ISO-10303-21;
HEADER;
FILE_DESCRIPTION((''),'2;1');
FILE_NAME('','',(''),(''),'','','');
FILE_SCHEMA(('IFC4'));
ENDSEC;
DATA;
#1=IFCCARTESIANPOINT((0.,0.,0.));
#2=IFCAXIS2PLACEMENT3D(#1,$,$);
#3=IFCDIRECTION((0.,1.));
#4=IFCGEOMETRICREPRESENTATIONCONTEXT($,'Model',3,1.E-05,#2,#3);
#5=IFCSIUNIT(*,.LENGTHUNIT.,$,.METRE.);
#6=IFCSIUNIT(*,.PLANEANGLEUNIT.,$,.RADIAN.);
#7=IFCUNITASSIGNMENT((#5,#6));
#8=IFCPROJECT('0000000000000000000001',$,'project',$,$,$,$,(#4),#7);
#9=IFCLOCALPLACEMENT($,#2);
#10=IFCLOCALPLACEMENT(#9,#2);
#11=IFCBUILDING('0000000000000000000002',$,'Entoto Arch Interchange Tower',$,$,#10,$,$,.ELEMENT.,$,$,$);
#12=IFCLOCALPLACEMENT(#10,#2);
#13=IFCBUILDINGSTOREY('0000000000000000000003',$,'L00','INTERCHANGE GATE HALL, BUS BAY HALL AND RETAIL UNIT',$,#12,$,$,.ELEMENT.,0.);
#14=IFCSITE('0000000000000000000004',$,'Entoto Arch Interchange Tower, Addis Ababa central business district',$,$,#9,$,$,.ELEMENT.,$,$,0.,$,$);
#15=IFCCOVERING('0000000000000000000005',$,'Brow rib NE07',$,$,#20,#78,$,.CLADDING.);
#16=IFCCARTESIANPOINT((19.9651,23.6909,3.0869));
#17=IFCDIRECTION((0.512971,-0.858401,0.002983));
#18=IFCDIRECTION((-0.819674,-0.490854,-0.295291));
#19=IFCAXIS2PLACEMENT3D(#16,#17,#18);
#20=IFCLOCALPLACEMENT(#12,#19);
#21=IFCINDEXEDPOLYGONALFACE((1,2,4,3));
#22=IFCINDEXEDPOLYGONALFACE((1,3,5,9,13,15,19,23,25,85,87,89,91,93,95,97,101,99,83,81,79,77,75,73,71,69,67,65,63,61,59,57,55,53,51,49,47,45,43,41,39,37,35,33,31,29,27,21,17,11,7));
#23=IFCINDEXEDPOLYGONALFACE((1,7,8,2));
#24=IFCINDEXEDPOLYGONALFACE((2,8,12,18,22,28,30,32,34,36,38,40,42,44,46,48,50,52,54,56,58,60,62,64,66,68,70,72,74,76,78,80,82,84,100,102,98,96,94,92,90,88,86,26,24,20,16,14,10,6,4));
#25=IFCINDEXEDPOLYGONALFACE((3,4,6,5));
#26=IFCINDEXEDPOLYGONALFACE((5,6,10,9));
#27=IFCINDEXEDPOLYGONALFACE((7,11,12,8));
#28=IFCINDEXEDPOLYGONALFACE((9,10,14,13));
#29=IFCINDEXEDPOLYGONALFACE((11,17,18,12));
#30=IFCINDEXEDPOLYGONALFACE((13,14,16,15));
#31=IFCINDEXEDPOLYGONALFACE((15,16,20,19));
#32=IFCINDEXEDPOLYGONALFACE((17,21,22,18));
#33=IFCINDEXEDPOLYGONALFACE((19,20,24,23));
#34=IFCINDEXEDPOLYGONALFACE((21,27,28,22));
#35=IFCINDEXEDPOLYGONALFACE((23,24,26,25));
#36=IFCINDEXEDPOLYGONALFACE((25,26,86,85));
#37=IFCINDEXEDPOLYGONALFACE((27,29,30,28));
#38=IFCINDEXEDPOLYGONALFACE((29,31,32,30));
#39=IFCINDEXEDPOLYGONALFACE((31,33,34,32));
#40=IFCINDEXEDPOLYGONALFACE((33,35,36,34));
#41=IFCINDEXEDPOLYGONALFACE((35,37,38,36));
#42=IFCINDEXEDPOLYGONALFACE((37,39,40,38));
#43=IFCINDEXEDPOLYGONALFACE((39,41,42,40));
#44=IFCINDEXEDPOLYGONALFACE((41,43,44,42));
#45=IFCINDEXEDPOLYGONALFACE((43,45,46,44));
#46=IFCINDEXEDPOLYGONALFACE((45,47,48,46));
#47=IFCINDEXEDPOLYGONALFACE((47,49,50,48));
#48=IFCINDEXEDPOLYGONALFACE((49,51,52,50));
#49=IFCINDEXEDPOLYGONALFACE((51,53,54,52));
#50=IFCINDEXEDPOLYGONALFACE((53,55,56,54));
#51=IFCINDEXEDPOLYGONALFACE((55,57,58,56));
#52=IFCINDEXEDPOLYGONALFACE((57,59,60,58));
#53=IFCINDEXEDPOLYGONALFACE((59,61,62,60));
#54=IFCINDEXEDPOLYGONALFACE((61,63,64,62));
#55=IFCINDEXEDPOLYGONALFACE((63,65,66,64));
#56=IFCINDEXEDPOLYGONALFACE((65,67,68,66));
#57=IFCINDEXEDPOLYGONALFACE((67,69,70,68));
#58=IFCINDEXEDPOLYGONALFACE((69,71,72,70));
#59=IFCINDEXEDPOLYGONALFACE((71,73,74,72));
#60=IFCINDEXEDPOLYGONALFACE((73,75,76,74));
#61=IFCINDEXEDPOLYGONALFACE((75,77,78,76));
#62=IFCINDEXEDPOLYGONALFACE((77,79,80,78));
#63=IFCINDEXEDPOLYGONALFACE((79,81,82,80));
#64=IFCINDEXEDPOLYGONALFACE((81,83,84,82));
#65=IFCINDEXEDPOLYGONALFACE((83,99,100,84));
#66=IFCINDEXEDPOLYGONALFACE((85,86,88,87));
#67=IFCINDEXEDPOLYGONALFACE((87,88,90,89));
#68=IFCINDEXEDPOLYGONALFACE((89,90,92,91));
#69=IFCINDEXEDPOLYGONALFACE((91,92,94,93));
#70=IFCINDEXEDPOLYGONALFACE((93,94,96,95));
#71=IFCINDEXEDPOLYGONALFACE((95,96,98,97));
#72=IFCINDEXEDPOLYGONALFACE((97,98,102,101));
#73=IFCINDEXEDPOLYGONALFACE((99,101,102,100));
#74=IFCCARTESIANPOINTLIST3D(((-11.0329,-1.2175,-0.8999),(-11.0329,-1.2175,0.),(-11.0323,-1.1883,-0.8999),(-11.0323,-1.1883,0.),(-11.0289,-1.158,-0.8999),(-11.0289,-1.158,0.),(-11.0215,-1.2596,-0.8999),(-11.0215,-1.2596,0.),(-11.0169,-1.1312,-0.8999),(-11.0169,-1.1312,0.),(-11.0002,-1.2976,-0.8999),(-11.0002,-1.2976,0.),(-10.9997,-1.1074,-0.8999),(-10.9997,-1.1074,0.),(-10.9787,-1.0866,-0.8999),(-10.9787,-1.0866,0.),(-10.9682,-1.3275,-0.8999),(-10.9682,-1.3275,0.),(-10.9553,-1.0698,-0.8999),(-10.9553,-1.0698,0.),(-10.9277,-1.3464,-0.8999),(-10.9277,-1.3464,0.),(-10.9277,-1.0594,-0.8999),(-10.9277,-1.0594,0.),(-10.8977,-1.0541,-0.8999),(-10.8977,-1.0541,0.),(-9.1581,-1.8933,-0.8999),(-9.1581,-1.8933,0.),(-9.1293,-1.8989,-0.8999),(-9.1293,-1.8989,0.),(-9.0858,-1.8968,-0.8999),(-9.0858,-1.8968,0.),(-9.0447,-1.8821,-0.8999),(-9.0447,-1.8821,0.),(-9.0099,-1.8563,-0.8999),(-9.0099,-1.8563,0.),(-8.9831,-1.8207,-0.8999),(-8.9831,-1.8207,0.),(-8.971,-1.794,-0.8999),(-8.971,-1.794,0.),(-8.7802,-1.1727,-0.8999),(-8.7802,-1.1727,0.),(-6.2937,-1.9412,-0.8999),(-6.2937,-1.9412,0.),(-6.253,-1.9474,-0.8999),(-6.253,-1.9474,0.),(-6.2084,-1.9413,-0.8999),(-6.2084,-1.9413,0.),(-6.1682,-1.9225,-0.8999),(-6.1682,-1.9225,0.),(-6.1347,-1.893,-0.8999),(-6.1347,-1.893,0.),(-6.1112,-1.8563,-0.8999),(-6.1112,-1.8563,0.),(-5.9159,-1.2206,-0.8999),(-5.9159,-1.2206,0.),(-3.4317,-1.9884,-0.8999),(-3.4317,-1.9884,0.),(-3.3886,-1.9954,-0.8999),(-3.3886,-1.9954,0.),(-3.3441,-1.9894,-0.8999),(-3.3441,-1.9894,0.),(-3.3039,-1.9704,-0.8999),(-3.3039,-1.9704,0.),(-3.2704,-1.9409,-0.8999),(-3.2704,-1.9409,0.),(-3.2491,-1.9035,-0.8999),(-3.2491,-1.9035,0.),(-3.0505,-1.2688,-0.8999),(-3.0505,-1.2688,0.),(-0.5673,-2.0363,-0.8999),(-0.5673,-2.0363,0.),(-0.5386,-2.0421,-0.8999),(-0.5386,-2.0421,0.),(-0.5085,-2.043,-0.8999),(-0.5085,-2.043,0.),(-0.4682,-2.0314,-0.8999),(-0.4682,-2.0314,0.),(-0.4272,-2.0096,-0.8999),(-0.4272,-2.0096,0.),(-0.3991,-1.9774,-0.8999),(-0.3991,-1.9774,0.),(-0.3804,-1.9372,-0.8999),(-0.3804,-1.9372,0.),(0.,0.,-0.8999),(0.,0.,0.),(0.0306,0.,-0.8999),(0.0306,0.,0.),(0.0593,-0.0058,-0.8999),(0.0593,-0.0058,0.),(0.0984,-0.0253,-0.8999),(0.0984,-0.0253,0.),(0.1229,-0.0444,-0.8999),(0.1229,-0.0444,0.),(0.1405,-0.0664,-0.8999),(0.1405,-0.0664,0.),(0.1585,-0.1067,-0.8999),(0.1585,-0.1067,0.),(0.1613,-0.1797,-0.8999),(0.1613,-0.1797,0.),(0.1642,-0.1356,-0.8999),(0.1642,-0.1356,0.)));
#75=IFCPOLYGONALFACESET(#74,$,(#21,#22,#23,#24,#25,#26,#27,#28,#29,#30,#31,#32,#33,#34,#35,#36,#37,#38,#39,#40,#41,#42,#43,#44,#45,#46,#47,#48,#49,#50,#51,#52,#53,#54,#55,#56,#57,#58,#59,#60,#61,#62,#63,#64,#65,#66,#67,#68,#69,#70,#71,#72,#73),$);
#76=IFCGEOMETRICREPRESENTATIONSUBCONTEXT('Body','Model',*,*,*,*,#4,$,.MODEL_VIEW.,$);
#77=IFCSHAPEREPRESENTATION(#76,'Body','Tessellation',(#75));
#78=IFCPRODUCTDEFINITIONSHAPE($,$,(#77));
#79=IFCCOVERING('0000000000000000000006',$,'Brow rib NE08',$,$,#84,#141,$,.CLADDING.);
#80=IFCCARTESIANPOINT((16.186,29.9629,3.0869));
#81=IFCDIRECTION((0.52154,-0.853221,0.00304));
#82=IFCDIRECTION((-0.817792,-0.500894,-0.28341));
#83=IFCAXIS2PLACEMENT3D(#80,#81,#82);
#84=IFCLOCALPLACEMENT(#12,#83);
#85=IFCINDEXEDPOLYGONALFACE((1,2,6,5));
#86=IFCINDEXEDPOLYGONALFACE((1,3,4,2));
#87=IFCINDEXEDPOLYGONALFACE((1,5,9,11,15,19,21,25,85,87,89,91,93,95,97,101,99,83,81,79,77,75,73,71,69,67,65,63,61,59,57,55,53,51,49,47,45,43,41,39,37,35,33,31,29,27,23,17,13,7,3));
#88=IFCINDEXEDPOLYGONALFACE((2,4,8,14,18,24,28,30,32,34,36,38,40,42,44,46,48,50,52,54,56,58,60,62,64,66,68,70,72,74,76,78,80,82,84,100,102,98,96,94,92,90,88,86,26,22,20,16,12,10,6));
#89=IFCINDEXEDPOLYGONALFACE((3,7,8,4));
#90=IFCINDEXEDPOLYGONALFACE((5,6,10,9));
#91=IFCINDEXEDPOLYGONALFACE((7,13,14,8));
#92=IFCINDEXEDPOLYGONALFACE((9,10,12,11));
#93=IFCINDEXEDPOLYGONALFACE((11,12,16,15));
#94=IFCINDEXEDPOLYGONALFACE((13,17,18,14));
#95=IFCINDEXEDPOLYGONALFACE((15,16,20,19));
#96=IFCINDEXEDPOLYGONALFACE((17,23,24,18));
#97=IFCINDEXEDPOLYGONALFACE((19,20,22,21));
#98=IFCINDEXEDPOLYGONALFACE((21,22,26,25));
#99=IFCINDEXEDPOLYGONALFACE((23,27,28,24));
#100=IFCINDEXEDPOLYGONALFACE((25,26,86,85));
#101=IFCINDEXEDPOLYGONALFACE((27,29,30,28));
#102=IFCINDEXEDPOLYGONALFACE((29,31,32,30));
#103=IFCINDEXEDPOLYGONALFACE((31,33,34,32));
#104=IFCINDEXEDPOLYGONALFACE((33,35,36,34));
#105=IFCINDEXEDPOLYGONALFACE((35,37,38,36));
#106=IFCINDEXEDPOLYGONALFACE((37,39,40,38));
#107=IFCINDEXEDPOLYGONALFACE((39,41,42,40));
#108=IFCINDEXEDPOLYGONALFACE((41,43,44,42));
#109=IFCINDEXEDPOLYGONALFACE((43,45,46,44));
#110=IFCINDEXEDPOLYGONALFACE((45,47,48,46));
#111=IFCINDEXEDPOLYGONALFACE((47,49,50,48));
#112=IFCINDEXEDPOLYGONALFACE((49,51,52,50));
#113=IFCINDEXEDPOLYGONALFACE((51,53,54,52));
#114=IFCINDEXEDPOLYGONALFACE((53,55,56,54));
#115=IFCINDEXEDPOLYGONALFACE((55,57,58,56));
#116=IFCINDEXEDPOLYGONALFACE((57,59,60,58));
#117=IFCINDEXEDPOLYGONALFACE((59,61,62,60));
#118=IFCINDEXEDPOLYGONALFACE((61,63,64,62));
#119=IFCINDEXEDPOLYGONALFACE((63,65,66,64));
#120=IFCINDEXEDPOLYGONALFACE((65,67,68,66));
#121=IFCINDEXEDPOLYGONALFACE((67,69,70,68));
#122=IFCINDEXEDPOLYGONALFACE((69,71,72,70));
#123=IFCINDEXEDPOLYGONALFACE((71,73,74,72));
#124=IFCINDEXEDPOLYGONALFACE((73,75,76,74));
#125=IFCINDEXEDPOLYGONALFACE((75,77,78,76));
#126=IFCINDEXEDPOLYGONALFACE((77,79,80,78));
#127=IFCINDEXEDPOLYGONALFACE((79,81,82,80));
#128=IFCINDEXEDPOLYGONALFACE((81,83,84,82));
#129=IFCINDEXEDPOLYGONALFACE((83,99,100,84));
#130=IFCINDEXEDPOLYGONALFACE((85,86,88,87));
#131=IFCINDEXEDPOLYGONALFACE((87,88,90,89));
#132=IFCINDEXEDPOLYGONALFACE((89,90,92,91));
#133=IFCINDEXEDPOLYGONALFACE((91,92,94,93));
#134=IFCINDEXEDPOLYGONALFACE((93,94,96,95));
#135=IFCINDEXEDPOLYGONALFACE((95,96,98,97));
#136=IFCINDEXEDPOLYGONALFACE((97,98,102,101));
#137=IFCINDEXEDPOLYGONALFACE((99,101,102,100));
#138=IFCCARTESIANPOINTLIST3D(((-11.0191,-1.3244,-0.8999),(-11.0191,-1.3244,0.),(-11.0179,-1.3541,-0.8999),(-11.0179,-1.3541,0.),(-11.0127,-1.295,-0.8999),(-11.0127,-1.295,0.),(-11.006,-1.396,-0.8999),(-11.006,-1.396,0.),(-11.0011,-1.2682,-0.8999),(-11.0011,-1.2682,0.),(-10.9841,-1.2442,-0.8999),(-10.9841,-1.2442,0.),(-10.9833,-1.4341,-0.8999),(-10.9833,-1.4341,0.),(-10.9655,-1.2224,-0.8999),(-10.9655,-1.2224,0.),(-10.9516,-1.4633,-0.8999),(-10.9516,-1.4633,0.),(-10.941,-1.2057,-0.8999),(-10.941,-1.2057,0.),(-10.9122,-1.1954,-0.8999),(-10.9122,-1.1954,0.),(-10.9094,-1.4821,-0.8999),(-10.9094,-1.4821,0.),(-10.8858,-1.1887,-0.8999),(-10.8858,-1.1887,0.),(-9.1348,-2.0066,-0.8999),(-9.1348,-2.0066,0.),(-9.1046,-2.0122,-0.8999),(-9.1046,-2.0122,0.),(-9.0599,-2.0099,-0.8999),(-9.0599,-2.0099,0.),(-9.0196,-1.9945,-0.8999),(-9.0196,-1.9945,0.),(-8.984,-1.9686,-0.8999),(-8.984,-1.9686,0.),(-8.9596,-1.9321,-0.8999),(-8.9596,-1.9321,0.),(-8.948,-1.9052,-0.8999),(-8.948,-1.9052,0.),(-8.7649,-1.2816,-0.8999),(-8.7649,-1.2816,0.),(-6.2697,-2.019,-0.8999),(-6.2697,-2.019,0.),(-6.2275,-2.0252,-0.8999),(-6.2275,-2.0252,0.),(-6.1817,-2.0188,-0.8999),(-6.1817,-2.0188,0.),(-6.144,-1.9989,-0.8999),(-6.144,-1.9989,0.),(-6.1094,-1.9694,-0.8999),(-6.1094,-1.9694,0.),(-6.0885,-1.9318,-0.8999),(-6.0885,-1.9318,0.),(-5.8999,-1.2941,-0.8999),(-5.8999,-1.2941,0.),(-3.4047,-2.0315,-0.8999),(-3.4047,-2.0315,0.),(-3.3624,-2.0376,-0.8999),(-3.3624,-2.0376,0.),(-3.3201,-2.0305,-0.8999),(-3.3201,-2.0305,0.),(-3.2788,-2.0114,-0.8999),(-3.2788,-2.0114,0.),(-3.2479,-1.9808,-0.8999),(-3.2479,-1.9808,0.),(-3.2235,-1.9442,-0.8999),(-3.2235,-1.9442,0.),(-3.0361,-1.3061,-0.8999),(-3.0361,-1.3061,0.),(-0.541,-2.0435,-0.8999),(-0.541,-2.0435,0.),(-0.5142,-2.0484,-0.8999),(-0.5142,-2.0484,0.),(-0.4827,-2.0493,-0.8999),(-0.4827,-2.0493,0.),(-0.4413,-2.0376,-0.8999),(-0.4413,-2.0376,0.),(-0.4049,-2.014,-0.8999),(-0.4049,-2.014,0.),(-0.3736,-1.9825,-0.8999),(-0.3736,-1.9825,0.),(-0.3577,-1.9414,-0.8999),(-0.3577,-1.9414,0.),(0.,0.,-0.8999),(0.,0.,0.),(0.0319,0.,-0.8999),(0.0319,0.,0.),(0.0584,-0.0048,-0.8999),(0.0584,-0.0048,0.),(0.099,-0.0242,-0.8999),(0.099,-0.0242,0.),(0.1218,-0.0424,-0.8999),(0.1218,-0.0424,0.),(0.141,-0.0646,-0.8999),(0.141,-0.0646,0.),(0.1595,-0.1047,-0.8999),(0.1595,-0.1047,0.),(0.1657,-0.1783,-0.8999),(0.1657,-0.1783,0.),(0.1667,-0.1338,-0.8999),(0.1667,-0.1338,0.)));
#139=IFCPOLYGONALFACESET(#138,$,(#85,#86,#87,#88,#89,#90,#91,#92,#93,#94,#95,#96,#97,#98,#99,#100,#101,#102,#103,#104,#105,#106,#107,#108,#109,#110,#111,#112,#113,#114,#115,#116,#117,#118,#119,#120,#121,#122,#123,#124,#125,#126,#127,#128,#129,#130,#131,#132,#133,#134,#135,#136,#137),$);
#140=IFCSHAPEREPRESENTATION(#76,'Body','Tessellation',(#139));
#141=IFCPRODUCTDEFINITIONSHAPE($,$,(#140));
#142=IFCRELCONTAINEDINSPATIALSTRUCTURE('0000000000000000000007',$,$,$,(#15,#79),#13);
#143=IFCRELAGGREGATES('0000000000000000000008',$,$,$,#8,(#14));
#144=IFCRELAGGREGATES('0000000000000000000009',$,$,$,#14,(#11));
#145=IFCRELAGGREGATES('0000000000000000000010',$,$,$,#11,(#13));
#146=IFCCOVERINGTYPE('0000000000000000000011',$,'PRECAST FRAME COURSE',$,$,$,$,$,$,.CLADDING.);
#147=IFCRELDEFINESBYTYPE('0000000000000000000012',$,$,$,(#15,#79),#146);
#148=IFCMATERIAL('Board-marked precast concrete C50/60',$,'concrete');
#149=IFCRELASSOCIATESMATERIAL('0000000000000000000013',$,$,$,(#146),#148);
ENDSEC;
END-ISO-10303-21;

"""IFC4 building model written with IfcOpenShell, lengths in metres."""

from ifc_helpers import new_model, si_unit, direction, frame, origin, place, context, subcontext, project, spatial, polyline, outline, extrude, material, type_object, element, save


model = new_model("IFC4")

# Units and contexts
model_context = context("Model", 3, precision=1e-05, world=origin(), true_north=direction((0.0, 1.0)))
body_context = subcontext(model_context, "Body", "Model", "MODEL_VIEW")
ifc_project = project(units=[si_unit("LENGTHUNIT", "METRE"), si_unit("PLANEANGLEUNIT", "RADIAN")], contexts=[model_context])

# Site, building, storey
site_placement = place(None, origin())
site = spatial("IfcSite", under=ifc_project, at=site_placement, Name="Entoto Arch Interchange Tower, Addis Ababa central business district", CompositionType="ELEMENT", RefElevation=0.0)
building_placement = place(site_placement, origin())
building = spatial("IfcBuilding", under=site, at=building_placement, Name="Entoto Arch Interchange Tower", CompositionType="ELEMENT")
storey_placement = place(building_placement, origin())
storey = spatial("IfcBuildingStorey", under=building, at=storey_placement, Name="L00", Description="INTERCHANGE GATE HALL, BUS BAY HALL AND RETAIL UNIT", CompositionType="ELEMENT", Elevation=0.0)

# Coverings
ifc_material_1 = material(Name="Board-marked precast concrete C50/60", Category="concrete")
covering_type_1 = type_object("IfcCoveringType", Name="PRECAST FRAME COURSE", PredefinedType="CLADDING", material=ifc_material_1)
covering_1_placement = place(storey_placement, frame((19.9651, 23.6909, 3.0869), z_axis=(0.512971, -0.858401, 0.002983), x_axis=(-0.819674, -0.490854, -0.295291)))
element("IfcCovering", 1, at=covering_1_placement, inside=storey, type_object=covering_type_1, Name="Brow rib NE07", PredefinedType="CLADDING", context=body_context, shape_type="SweptSolid", body=[
    extrude(outline(polyline([(0.0, 0.0), (0.0306, 0.0), (0.0593, -0.0058), (0.0984, -0.0253), (0.1229, -0.0444), (0.1405, -0.0664), (0.1585, -0.1067), (0.1642, -0.1356), (0.1613, -0.1797), (-0.3804, -1.9372), (-0.3991, -1.9774), (-0.4272, -2.0096), (-0.4682, -2.0314), (-0.5085, -2.043), (-0.5386, -2.0421), (-0.5673, -2.0363), (-3.0505, -1.2688), (-3.2491, -1.9035), (-3.2704, -1.9409), (-3.3039, -1.9704), (-3.3441, -1.9894), (-3.3886, -1.9954), (-3.4317, -1.9884), (-5.9159, -1.2206), (-6.1112, -1.8563), (-6.1347, -1.893), (-6.1682, -1.9225), (-6.2084, -1.9413), (-6.253, -1.9474), (-6.2937, -1.9412), (-8.7802, -1.1727), (-8.971, -1.794), (-8.9831, -1.8207), (-9.0099, -1.8563), (-9.0447, -1.8821), (-9.0858, -1.8968), (-9.1293, -1.8989), (-9.1581, -1.8933), (-10.9277, -1.3464), (-10.9682, -1.3275), (-11.0002, -1.2976), (-11.0215, -1.2596), (-11.0329, -1.2175), (-11.0323, -1.1883), (-11.0289, -1.158), (-11.0169, -1.1312), (-10.9997, -1.1074), (-10.9787, -1.0866), (-10.9553, -1.0698), (-10.9277, -1.0594), (-10.8977, -1.0541), (0.0, 0.0)])), origin(), (0.0, 0.0, -1.0), 0.8999),
])
covering_2_placement = place(storey_placement, frame((16.186, 29.9629, 3.0869), z_axis=(0.52154, -0.853221, 0.00304), x_axis=(-0.817792, -0.500894, -0.28341)))
element("IfcCovering", 2, at=covering_2_placement, inside=storey, type_object=covering_type_1, Name="Brow rib NE08", PredefinedType="CLADDING", context=body_context, shape_type="SweptSolid", body=[
    extrude(outline(polyline([(0.0, 0.0), (0.0319, 0.0), (0.0584, -0.0048), (0.099, -0.0242), (0.1218, -0.0424), (0.141, -0.0646), (0.1595, -0.1047), (0.1667, -0.1338), (0.1657, -0.1783), (-0.3577, -1.9414), (-0.3736, -1.9825), (-0.4049, -2.014), (-0.4413, -2.0376), (-0.4827, -2.0493), (-0.5142, -2.0484), (-0.541, -2.0435), (-3.0361, -1.3061), (-3.2235, -1.9442), (-3.2479, -1.9808), (-3.2788, -2.0114), (-3.3201, -2.0305), (-3.3624, -2.0376), (-3.4047, -2.0315), (-5.8999, -1.2941), (-6.0885, -1.9318), (-6.1094, -1.9694), (-6.144, -1.9989), (-6.1817, -2.0188), (-6.2275, -2.0252), (-6.2697, -2.019), (-8.7649, -1.2816), (-8.948, -1.9052), (-8.9596, -1.9321), (-8.984, -1.9686), (-9.0196, -1.9945), (-9.0599, -2.0099), (-9.1046, -2.0122), (-9.1348, -2.0066), (-10.9094, -1.4821), (-10.9516, -1.4633), (-10.9833, -1.4341), (-11.006, -1.396), (-11.0179, -1.3541), (-11.0191, -1.3244), (-11.0127, -1.295), (-11.0011, -1.2682), (-10.9841, -1.2442), (-10.9655, -1.2224), (-10.941, -1.2057), (-10.9122, -1.1954), (-10.8858, -1.1887), (0.0, 0.0)])), origin(), (0.0, 0.0, -1.0), 0.8999),
])

save(model, "model.ifc")
